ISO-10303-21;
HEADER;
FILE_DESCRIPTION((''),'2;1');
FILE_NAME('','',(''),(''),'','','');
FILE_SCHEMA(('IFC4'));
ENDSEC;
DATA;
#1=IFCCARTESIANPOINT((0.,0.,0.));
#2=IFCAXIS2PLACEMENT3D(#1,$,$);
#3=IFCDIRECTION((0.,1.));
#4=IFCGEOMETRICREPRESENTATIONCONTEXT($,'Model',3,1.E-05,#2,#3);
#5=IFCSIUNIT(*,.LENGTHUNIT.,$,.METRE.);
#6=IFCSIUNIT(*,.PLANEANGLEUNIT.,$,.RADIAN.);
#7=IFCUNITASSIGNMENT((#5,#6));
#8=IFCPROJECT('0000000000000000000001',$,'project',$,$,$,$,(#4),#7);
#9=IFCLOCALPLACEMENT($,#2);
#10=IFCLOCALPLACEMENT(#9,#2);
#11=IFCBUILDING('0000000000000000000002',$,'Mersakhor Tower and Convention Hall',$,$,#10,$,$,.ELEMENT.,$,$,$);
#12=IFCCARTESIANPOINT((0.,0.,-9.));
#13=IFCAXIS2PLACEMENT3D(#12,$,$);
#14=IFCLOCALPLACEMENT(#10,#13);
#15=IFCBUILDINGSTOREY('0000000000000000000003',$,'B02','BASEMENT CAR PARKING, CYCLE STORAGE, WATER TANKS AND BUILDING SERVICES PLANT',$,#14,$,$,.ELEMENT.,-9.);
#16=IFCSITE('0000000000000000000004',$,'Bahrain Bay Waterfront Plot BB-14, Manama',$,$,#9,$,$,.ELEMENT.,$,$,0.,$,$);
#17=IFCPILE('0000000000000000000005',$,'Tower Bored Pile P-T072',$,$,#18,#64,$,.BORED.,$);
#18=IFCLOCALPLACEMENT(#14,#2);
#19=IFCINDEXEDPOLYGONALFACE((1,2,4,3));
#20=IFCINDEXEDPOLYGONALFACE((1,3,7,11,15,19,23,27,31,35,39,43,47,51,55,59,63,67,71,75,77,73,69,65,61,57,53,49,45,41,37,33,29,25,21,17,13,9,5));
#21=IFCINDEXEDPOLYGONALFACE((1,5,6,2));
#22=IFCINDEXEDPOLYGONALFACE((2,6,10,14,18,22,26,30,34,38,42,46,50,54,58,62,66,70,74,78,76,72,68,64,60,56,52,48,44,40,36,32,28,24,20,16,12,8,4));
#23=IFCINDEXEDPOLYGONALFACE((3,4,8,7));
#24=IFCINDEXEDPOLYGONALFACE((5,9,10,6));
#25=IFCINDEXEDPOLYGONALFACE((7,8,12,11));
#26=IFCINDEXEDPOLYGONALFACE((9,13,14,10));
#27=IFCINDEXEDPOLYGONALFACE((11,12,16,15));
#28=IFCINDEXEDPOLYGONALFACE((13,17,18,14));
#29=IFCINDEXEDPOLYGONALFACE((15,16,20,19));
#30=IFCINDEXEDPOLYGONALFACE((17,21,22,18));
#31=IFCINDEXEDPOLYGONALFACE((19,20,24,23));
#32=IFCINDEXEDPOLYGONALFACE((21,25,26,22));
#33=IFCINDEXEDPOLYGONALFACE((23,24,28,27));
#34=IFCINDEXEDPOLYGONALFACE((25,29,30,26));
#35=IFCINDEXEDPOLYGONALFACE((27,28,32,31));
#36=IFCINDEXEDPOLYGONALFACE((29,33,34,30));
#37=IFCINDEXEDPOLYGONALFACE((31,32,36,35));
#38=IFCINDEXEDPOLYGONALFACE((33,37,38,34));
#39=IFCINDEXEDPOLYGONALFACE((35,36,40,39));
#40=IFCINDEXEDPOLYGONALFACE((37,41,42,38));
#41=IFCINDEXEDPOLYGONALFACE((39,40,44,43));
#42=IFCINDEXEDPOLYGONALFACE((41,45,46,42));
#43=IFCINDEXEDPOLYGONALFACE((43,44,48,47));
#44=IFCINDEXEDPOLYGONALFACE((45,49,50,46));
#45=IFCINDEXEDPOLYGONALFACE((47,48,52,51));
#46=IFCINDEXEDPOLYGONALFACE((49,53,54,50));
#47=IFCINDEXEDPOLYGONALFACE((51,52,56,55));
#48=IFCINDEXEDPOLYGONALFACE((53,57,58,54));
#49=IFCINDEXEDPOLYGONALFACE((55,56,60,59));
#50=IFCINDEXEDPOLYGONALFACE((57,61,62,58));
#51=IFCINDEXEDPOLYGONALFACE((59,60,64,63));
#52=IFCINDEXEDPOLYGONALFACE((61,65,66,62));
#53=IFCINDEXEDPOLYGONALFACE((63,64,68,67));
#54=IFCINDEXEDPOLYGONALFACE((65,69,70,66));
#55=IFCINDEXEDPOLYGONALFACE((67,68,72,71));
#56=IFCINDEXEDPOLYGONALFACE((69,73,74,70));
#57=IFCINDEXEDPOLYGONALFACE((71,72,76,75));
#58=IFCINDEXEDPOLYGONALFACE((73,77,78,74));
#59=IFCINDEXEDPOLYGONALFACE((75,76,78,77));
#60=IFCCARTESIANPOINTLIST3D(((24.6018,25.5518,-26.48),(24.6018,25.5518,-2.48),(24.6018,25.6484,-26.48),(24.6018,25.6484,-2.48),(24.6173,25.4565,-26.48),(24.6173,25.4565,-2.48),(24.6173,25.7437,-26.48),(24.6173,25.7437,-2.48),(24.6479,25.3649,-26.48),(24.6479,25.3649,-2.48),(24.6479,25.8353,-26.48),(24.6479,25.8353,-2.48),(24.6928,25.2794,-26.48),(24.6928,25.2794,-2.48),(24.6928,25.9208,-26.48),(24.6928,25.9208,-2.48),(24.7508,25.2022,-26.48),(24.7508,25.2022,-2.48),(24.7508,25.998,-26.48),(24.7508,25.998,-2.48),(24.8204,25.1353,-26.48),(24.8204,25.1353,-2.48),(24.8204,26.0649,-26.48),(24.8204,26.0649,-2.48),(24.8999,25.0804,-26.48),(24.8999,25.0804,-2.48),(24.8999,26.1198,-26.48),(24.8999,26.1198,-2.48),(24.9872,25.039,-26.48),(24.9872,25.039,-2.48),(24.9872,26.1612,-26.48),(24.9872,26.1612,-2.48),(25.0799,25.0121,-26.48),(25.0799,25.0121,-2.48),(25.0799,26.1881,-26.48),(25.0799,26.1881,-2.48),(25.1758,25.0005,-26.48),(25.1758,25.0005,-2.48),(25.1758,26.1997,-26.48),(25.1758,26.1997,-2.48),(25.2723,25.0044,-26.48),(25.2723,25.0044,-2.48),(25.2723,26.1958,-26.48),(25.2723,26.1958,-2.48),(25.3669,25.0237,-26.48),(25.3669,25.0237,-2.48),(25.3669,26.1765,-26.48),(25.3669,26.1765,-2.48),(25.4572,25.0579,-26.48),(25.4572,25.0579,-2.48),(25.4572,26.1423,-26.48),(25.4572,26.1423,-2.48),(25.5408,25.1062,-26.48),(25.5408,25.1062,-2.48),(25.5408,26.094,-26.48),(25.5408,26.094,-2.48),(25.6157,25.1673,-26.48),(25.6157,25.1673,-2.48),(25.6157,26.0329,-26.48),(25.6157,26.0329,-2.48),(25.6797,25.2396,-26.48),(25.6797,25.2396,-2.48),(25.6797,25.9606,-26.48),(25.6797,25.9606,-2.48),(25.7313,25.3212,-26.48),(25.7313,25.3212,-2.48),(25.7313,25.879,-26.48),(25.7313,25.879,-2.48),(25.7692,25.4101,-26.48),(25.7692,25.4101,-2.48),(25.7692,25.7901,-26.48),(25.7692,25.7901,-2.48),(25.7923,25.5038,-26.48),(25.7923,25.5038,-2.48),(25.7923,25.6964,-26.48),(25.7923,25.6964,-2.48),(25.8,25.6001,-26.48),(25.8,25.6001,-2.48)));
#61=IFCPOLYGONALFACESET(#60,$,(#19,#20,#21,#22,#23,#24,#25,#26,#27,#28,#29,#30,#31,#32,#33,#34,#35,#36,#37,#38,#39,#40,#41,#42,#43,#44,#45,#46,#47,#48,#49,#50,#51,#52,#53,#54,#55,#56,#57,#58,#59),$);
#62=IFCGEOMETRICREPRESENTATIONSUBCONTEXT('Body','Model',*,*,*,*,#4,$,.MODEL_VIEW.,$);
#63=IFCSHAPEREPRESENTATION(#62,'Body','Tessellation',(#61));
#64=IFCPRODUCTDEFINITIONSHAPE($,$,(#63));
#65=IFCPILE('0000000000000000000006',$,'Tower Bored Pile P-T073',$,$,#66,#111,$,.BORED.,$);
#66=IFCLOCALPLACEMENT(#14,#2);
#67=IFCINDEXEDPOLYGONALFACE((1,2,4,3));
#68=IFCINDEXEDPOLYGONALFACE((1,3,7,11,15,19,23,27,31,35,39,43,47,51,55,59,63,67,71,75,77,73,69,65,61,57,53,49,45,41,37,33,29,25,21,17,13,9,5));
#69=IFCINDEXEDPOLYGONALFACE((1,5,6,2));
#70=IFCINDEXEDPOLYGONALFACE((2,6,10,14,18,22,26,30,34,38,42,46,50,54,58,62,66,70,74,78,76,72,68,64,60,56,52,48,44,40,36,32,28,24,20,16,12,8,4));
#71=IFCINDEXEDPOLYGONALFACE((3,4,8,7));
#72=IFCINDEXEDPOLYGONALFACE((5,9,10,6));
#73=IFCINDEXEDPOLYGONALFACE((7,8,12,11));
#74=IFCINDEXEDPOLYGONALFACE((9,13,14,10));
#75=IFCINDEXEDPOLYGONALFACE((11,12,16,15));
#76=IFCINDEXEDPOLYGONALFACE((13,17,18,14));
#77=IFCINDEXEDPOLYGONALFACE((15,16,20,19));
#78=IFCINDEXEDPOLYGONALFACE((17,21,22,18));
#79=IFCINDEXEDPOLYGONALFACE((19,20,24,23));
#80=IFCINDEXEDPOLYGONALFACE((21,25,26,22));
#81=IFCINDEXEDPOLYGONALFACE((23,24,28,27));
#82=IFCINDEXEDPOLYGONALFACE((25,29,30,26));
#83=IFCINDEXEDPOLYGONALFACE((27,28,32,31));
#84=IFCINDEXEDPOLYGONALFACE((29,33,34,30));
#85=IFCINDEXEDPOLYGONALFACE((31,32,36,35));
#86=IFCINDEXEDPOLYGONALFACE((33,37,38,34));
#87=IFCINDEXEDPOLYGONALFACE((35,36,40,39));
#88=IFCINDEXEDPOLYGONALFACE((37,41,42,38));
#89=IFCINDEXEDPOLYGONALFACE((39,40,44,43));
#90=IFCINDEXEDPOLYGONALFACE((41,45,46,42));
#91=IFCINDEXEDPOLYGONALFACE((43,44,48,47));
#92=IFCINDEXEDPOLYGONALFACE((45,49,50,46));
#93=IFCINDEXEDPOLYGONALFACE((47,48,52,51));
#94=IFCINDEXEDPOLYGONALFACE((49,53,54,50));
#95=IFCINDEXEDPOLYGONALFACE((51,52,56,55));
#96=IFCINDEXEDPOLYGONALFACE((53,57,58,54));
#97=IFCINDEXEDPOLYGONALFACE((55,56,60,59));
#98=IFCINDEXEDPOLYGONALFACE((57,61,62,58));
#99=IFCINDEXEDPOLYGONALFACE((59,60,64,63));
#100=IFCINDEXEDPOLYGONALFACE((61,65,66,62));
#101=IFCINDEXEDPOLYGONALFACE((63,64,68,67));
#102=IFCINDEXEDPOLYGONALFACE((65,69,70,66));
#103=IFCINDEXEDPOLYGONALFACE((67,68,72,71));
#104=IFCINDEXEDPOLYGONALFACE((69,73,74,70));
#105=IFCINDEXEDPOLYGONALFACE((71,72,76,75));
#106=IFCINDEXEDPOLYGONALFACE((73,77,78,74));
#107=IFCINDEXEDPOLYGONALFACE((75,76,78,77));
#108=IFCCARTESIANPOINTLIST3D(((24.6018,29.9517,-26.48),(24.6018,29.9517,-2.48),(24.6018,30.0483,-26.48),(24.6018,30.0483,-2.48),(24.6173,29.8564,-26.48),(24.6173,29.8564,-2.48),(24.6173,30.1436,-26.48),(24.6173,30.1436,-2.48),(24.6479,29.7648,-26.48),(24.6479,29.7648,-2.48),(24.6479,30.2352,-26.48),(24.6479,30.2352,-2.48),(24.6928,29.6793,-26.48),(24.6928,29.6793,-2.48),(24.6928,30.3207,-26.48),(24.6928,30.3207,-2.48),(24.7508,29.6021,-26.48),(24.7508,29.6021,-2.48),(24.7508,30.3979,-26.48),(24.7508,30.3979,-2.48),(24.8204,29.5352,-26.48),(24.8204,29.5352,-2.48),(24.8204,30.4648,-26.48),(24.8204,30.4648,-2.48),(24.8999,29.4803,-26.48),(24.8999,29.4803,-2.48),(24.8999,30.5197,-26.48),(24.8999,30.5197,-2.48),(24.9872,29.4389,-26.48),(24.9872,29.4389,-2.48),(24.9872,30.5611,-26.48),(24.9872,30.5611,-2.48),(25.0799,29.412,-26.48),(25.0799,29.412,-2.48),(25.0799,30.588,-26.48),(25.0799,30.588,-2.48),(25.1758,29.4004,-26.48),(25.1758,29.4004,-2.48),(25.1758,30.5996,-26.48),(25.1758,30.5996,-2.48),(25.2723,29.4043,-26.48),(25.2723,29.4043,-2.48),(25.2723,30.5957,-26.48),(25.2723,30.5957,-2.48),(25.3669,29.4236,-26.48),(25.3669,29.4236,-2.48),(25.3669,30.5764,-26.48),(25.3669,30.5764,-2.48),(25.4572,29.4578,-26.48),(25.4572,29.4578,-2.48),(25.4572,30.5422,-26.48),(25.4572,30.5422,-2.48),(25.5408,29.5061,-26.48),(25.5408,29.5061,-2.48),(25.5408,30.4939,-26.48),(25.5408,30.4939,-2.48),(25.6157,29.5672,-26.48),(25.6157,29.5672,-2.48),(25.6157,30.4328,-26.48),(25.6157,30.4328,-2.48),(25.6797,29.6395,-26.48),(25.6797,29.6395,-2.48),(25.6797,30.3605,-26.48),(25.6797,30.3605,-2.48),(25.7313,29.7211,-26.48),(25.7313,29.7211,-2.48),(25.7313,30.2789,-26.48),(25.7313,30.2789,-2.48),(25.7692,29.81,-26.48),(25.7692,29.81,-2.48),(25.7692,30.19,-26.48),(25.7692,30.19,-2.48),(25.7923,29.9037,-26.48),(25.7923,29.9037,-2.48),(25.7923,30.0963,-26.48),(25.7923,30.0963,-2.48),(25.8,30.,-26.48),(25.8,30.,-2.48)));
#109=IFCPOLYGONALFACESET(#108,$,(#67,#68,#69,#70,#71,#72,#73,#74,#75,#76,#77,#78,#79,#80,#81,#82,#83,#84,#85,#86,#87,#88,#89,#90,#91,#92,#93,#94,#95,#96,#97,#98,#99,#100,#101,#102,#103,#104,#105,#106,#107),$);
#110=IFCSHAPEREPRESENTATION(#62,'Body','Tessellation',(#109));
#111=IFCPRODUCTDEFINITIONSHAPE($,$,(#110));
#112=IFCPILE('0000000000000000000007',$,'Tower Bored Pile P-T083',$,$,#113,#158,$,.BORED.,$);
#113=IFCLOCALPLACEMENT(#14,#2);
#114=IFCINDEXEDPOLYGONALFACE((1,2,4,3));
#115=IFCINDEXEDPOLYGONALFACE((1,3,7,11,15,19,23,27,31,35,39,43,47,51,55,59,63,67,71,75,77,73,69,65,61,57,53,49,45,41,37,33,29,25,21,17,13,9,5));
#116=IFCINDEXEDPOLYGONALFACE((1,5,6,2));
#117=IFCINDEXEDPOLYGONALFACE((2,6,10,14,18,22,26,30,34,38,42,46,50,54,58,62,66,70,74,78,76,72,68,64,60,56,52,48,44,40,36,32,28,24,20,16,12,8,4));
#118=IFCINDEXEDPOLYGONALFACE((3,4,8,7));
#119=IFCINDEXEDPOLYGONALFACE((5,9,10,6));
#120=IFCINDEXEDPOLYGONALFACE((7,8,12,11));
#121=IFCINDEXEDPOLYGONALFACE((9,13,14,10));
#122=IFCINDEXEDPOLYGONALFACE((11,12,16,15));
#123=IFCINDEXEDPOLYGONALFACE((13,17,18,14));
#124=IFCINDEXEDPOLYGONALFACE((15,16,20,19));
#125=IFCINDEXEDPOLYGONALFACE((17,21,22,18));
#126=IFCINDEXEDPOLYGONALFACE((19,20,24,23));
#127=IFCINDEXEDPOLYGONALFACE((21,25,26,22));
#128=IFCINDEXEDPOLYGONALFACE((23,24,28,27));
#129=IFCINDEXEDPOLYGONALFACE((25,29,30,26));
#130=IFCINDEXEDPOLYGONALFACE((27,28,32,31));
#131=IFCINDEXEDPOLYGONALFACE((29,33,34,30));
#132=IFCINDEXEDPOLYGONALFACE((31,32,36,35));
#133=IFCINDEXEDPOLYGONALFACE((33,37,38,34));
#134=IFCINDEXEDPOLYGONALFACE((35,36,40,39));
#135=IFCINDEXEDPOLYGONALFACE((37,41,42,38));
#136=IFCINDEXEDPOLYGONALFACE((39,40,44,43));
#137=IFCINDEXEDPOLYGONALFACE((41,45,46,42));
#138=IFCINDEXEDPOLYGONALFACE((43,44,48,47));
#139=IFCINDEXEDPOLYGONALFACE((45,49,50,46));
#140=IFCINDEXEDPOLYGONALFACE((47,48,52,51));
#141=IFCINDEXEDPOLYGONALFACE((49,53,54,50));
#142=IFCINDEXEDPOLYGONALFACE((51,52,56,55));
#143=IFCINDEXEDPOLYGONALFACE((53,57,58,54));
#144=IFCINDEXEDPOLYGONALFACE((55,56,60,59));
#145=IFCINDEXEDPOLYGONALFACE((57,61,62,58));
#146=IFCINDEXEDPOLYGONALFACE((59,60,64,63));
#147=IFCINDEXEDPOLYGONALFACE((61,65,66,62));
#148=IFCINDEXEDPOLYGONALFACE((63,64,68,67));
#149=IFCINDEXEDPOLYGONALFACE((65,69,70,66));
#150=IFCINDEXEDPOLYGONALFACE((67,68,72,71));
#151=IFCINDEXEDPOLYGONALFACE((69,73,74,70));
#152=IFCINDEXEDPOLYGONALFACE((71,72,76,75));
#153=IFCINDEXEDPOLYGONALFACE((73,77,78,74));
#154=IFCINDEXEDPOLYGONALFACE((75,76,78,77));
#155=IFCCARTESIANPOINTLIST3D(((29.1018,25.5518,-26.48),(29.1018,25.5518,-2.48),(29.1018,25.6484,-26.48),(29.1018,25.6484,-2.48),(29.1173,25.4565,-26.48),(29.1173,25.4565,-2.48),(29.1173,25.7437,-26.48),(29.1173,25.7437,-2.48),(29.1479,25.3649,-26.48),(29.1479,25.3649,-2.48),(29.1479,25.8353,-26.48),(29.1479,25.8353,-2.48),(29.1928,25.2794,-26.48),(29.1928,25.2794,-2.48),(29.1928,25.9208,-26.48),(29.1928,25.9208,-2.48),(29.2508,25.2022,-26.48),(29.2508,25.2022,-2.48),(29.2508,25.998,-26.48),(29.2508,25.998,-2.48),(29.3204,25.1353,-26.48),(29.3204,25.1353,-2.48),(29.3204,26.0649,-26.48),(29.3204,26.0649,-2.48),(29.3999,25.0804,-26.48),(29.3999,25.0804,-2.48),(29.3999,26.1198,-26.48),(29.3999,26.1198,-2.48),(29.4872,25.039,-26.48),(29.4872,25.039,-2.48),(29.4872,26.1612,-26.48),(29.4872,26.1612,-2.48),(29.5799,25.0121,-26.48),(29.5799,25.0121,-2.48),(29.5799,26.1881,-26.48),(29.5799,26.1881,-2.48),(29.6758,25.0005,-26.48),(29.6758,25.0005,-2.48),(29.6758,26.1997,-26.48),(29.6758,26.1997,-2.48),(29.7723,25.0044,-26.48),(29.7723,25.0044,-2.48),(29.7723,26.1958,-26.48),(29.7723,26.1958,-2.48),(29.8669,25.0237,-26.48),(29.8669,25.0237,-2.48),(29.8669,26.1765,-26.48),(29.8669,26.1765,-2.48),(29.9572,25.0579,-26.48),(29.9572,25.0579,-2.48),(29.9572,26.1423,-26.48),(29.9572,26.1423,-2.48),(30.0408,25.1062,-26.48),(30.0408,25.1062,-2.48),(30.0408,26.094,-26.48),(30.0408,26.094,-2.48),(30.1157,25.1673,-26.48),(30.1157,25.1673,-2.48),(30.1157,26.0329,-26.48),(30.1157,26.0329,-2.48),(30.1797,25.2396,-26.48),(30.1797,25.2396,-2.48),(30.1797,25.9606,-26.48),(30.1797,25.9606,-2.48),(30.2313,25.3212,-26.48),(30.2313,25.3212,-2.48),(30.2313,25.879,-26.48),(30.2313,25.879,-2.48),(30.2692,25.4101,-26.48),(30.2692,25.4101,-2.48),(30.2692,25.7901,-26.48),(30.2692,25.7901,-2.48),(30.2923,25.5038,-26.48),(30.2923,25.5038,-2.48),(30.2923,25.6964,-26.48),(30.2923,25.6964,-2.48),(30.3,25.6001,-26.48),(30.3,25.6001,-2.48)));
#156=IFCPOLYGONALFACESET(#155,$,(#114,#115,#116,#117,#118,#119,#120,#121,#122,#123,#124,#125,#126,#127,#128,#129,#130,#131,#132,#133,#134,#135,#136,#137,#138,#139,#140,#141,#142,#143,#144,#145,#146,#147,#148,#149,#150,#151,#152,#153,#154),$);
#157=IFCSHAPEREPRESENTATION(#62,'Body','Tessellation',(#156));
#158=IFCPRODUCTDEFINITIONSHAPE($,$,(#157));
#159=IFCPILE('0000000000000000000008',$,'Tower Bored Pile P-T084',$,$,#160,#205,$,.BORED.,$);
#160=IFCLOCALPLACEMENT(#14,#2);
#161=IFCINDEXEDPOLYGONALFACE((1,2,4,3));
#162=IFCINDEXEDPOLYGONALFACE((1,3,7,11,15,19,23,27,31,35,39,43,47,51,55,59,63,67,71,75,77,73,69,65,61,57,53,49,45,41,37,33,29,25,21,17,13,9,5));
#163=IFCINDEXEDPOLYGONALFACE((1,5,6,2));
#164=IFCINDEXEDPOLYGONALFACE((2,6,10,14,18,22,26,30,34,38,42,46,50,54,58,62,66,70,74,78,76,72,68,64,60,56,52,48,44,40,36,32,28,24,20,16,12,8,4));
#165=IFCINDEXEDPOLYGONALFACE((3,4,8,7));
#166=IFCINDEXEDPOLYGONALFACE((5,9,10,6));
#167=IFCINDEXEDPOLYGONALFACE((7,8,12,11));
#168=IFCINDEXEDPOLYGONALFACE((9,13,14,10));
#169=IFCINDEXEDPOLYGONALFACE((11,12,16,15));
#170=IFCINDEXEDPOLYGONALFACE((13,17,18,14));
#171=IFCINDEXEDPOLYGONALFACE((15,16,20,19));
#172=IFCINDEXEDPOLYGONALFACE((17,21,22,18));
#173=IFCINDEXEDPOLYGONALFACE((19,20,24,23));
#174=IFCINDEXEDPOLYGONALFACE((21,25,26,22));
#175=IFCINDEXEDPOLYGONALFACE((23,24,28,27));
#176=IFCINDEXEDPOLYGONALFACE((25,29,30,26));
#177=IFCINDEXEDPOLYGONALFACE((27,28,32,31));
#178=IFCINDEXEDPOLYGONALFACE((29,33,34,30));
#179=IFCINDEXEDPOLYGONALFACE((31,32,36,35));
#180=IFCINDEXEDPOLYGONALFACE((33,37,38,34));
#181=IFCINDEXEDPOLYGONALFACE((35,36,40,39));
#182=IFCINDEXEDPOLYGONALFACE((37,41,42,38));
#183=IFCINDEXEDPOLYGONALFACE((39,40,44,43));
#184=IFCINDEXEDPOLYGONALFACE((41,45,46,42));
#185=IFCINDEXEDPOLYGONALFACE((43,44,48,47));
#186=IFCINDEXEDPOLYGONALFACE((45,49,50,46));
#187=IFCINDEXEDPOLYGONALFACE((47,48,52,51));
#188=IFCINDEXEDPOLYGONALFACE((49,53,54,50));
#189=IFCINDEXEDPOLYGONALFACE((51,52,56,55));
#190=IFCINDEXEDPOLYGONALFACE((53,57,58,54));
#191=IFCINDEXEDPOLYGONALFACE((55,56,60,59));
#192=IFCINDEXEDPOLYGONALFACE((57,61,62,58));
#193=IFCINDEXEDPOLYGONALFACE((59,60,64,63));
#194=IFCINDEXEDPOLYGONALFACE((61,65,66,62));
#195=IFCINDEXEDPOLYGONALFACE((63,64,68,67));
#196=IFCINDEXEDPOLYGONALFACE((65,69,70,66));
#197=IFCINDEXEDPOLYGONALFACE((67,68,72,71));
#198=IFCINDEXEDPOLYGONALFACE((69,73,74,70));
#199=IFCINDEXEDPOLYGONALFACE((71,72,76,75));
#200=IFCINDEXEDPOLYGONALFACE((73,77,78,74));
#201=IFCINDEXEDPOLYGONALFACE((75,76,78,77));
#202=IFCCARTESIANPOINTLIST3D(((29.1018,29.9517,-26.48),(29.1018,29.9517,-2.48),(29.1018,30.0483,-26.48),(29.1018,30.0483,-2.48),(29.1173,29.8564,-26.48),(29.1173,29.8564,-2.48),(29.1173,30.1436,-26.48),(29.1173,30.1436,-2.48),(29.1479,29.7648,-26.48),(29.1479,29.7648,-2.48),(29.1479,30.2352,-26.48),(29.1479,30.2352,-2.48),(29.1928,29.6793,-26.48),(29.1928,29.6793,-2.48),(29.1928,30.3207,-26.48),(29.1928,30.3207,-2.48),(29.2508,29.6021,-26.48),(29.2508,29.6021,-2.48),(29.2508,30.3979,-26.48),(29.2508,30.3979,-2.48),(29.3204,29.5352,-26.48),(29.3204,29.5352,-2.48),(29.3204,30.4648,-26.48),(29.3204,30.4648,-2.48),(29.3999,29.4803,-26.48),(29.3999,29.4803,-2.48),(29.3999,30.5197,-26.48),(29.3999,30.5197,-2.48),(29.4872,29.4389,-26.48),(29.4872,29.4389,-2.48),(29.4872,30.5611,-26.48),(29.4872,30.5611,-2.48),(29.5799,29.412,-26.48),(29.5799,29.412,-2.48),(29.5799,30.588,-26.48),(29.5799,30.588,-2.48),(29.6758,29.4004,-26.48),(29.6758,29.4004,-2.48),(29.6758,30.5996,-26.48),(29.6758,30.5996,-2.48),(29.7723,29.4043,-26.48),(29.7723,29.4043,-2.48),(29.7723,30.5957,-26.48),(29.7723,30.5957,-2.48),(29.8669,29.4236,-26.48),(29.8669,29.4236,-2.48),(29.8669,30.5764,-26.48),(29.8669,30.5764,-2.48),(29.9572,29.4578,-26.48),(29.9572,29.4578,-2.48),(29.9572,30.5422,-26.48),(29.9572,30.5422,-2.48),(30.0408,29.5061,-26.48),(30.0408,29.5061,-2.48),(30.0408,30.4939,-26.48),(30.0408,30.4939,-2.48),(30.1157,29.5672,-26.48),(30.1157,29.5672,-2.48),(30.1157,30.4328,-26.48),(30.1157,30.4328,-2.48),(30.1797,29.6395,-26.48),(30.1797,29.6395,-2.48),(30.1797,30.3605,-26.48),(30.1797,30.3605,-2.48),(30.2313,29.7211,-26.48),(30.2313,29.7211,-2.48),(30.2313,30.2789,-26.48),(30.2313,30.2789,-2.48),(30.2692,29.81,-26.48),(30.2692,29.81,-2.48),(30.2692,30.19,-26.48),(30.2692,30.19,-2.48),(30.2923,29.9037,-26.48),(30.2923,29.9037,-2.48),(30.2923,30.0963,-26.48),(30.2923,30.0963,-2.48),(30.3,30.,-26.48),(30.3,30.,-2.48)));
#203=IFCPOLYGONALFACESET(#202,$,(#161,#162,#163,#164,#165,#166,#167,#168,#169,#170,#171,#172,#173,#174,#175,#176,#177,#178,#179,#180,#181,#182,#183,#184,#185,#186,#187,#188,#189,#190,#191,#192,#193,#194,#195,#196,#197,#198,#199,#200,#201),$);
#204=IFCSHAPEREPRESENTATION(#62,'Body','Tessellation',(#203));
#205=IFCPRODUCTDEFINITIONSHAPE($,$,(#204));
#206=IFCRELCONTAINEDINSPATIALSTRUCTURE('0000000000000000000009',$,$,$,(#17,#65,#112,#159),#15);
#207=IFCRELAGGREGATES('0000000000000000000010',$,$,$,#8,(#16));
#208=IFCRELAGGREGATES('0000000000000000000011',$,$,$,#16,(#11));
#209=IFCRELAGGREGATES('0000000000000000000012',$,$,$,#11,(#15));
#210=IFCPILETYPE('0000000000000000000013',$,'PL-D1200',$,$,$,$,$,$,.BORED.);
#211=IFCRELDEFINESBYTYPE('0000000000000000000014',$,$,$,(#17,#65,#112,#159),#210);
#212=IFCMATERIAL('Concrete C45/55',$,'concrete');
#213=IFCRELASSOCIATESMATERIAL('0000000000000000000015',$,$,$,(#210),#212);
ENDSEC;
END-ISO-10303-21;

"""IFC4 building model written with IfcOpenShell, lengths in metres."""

from ifc_helpers import new_model, si_unit, direction, frame, origin, origin_2d, place, context, subcontext, project, spatial, circle, extrude, material, material_profile, profile_set, type_object, element, save


model = new_model("IFC4")

# Units and contexts
model_context = context("Model", 3, precision=1e-05, world=origin(), true_north=direction((0.0, 1.0)))
body_context = subcontext(model_context, "Body", "Model", "MODEL_VIEW")
ifc_project = project(units=[si_unit("LENGTHUNIT", "METRE"), si_unit("PLANEANGLEUNIT", "RADIAN")], contexts=[model_context])

# Site, building, storey
site_placement = place(None, origin())
site = spatial("IfcSite", under=ifc_project, at=site_placement, Name="Bahrain Bay Waterfront Plot BB-14, Manama", CompositionType="ELEMENT", RefElevation=0.0)
building_placement = place(site_placement, origin())
building = spatial("IfcBuilding", under=site, at=building_placement, Name="Mersakhor Tower and Convention Hall", CompositionType="ELEMENT")
storey_placement = place(building_placement, frame((0.0, 0.0, -9.0)))
storey = spatial("IfcBuildingStorey", under=building, at=storey_placement, Name="B02", Description="BASEMENT CAR PARKING, CYCLE STORAGE, WATER TANKS AND BUILDING SERVICES PLANT", CompositionType="ELEMENT", Elevation=-9.0)

# Piles
ifc_material_1 = material(Name="Concrete C45/55", Category="concrete")
ifc_material_profile = material_profile(ifc_material_1, circle(Radius=0.6001, at=origin_2d()), Name="PILE D1200")
ifc_profile_set = profile_set([ifc_material_profile], Name="Concrete C45/55")
pile_type = type_object("IfcPileType", Name="PL-D1200", PredefinedType="BORED", material=ifc_profile_set)
for number, where, z_axis, x_axis, name in (
    (1, (25.2, 25.6001, -2.48), (0.0, 0.0, -1.0), (1.0, 0.0, 0.0), "Tower Bored Pile P-T072"),
    (2, (25.2, 30.0, -2.48), (0.0, 0.0, -1.0), (1.0, 0.0, 0.0), "Tower Bored Pile P-T073"),
    (3, (29.7, 25.6001, -2.48), (0.0, 0.0, -1.0), (1.0, 0.0, 0.0), "Tower Bored Pile P-T083"),
    (4, (29.7, 30.0, -2.48), (0.0, 0.0, -1.0), (1.0, 0.0, 0.0), "Tower Bored Pile P-T084"),
):
    element("IfcPile", number, at=place(storey_placement, frame(where, z_axis=z_axis, x_axis=x_axis)), inside=storey, type_object=pile_type, Name=name, PredefinedType="BORED", context=body_context, shape_type="SweptSolid", body=[
        extrude(circle(Radius=0.6001, at=origin_2d()), origin(), (0.0, 0.0, 1.0), 24.0),
    ])

save(model, "model.ifc")
